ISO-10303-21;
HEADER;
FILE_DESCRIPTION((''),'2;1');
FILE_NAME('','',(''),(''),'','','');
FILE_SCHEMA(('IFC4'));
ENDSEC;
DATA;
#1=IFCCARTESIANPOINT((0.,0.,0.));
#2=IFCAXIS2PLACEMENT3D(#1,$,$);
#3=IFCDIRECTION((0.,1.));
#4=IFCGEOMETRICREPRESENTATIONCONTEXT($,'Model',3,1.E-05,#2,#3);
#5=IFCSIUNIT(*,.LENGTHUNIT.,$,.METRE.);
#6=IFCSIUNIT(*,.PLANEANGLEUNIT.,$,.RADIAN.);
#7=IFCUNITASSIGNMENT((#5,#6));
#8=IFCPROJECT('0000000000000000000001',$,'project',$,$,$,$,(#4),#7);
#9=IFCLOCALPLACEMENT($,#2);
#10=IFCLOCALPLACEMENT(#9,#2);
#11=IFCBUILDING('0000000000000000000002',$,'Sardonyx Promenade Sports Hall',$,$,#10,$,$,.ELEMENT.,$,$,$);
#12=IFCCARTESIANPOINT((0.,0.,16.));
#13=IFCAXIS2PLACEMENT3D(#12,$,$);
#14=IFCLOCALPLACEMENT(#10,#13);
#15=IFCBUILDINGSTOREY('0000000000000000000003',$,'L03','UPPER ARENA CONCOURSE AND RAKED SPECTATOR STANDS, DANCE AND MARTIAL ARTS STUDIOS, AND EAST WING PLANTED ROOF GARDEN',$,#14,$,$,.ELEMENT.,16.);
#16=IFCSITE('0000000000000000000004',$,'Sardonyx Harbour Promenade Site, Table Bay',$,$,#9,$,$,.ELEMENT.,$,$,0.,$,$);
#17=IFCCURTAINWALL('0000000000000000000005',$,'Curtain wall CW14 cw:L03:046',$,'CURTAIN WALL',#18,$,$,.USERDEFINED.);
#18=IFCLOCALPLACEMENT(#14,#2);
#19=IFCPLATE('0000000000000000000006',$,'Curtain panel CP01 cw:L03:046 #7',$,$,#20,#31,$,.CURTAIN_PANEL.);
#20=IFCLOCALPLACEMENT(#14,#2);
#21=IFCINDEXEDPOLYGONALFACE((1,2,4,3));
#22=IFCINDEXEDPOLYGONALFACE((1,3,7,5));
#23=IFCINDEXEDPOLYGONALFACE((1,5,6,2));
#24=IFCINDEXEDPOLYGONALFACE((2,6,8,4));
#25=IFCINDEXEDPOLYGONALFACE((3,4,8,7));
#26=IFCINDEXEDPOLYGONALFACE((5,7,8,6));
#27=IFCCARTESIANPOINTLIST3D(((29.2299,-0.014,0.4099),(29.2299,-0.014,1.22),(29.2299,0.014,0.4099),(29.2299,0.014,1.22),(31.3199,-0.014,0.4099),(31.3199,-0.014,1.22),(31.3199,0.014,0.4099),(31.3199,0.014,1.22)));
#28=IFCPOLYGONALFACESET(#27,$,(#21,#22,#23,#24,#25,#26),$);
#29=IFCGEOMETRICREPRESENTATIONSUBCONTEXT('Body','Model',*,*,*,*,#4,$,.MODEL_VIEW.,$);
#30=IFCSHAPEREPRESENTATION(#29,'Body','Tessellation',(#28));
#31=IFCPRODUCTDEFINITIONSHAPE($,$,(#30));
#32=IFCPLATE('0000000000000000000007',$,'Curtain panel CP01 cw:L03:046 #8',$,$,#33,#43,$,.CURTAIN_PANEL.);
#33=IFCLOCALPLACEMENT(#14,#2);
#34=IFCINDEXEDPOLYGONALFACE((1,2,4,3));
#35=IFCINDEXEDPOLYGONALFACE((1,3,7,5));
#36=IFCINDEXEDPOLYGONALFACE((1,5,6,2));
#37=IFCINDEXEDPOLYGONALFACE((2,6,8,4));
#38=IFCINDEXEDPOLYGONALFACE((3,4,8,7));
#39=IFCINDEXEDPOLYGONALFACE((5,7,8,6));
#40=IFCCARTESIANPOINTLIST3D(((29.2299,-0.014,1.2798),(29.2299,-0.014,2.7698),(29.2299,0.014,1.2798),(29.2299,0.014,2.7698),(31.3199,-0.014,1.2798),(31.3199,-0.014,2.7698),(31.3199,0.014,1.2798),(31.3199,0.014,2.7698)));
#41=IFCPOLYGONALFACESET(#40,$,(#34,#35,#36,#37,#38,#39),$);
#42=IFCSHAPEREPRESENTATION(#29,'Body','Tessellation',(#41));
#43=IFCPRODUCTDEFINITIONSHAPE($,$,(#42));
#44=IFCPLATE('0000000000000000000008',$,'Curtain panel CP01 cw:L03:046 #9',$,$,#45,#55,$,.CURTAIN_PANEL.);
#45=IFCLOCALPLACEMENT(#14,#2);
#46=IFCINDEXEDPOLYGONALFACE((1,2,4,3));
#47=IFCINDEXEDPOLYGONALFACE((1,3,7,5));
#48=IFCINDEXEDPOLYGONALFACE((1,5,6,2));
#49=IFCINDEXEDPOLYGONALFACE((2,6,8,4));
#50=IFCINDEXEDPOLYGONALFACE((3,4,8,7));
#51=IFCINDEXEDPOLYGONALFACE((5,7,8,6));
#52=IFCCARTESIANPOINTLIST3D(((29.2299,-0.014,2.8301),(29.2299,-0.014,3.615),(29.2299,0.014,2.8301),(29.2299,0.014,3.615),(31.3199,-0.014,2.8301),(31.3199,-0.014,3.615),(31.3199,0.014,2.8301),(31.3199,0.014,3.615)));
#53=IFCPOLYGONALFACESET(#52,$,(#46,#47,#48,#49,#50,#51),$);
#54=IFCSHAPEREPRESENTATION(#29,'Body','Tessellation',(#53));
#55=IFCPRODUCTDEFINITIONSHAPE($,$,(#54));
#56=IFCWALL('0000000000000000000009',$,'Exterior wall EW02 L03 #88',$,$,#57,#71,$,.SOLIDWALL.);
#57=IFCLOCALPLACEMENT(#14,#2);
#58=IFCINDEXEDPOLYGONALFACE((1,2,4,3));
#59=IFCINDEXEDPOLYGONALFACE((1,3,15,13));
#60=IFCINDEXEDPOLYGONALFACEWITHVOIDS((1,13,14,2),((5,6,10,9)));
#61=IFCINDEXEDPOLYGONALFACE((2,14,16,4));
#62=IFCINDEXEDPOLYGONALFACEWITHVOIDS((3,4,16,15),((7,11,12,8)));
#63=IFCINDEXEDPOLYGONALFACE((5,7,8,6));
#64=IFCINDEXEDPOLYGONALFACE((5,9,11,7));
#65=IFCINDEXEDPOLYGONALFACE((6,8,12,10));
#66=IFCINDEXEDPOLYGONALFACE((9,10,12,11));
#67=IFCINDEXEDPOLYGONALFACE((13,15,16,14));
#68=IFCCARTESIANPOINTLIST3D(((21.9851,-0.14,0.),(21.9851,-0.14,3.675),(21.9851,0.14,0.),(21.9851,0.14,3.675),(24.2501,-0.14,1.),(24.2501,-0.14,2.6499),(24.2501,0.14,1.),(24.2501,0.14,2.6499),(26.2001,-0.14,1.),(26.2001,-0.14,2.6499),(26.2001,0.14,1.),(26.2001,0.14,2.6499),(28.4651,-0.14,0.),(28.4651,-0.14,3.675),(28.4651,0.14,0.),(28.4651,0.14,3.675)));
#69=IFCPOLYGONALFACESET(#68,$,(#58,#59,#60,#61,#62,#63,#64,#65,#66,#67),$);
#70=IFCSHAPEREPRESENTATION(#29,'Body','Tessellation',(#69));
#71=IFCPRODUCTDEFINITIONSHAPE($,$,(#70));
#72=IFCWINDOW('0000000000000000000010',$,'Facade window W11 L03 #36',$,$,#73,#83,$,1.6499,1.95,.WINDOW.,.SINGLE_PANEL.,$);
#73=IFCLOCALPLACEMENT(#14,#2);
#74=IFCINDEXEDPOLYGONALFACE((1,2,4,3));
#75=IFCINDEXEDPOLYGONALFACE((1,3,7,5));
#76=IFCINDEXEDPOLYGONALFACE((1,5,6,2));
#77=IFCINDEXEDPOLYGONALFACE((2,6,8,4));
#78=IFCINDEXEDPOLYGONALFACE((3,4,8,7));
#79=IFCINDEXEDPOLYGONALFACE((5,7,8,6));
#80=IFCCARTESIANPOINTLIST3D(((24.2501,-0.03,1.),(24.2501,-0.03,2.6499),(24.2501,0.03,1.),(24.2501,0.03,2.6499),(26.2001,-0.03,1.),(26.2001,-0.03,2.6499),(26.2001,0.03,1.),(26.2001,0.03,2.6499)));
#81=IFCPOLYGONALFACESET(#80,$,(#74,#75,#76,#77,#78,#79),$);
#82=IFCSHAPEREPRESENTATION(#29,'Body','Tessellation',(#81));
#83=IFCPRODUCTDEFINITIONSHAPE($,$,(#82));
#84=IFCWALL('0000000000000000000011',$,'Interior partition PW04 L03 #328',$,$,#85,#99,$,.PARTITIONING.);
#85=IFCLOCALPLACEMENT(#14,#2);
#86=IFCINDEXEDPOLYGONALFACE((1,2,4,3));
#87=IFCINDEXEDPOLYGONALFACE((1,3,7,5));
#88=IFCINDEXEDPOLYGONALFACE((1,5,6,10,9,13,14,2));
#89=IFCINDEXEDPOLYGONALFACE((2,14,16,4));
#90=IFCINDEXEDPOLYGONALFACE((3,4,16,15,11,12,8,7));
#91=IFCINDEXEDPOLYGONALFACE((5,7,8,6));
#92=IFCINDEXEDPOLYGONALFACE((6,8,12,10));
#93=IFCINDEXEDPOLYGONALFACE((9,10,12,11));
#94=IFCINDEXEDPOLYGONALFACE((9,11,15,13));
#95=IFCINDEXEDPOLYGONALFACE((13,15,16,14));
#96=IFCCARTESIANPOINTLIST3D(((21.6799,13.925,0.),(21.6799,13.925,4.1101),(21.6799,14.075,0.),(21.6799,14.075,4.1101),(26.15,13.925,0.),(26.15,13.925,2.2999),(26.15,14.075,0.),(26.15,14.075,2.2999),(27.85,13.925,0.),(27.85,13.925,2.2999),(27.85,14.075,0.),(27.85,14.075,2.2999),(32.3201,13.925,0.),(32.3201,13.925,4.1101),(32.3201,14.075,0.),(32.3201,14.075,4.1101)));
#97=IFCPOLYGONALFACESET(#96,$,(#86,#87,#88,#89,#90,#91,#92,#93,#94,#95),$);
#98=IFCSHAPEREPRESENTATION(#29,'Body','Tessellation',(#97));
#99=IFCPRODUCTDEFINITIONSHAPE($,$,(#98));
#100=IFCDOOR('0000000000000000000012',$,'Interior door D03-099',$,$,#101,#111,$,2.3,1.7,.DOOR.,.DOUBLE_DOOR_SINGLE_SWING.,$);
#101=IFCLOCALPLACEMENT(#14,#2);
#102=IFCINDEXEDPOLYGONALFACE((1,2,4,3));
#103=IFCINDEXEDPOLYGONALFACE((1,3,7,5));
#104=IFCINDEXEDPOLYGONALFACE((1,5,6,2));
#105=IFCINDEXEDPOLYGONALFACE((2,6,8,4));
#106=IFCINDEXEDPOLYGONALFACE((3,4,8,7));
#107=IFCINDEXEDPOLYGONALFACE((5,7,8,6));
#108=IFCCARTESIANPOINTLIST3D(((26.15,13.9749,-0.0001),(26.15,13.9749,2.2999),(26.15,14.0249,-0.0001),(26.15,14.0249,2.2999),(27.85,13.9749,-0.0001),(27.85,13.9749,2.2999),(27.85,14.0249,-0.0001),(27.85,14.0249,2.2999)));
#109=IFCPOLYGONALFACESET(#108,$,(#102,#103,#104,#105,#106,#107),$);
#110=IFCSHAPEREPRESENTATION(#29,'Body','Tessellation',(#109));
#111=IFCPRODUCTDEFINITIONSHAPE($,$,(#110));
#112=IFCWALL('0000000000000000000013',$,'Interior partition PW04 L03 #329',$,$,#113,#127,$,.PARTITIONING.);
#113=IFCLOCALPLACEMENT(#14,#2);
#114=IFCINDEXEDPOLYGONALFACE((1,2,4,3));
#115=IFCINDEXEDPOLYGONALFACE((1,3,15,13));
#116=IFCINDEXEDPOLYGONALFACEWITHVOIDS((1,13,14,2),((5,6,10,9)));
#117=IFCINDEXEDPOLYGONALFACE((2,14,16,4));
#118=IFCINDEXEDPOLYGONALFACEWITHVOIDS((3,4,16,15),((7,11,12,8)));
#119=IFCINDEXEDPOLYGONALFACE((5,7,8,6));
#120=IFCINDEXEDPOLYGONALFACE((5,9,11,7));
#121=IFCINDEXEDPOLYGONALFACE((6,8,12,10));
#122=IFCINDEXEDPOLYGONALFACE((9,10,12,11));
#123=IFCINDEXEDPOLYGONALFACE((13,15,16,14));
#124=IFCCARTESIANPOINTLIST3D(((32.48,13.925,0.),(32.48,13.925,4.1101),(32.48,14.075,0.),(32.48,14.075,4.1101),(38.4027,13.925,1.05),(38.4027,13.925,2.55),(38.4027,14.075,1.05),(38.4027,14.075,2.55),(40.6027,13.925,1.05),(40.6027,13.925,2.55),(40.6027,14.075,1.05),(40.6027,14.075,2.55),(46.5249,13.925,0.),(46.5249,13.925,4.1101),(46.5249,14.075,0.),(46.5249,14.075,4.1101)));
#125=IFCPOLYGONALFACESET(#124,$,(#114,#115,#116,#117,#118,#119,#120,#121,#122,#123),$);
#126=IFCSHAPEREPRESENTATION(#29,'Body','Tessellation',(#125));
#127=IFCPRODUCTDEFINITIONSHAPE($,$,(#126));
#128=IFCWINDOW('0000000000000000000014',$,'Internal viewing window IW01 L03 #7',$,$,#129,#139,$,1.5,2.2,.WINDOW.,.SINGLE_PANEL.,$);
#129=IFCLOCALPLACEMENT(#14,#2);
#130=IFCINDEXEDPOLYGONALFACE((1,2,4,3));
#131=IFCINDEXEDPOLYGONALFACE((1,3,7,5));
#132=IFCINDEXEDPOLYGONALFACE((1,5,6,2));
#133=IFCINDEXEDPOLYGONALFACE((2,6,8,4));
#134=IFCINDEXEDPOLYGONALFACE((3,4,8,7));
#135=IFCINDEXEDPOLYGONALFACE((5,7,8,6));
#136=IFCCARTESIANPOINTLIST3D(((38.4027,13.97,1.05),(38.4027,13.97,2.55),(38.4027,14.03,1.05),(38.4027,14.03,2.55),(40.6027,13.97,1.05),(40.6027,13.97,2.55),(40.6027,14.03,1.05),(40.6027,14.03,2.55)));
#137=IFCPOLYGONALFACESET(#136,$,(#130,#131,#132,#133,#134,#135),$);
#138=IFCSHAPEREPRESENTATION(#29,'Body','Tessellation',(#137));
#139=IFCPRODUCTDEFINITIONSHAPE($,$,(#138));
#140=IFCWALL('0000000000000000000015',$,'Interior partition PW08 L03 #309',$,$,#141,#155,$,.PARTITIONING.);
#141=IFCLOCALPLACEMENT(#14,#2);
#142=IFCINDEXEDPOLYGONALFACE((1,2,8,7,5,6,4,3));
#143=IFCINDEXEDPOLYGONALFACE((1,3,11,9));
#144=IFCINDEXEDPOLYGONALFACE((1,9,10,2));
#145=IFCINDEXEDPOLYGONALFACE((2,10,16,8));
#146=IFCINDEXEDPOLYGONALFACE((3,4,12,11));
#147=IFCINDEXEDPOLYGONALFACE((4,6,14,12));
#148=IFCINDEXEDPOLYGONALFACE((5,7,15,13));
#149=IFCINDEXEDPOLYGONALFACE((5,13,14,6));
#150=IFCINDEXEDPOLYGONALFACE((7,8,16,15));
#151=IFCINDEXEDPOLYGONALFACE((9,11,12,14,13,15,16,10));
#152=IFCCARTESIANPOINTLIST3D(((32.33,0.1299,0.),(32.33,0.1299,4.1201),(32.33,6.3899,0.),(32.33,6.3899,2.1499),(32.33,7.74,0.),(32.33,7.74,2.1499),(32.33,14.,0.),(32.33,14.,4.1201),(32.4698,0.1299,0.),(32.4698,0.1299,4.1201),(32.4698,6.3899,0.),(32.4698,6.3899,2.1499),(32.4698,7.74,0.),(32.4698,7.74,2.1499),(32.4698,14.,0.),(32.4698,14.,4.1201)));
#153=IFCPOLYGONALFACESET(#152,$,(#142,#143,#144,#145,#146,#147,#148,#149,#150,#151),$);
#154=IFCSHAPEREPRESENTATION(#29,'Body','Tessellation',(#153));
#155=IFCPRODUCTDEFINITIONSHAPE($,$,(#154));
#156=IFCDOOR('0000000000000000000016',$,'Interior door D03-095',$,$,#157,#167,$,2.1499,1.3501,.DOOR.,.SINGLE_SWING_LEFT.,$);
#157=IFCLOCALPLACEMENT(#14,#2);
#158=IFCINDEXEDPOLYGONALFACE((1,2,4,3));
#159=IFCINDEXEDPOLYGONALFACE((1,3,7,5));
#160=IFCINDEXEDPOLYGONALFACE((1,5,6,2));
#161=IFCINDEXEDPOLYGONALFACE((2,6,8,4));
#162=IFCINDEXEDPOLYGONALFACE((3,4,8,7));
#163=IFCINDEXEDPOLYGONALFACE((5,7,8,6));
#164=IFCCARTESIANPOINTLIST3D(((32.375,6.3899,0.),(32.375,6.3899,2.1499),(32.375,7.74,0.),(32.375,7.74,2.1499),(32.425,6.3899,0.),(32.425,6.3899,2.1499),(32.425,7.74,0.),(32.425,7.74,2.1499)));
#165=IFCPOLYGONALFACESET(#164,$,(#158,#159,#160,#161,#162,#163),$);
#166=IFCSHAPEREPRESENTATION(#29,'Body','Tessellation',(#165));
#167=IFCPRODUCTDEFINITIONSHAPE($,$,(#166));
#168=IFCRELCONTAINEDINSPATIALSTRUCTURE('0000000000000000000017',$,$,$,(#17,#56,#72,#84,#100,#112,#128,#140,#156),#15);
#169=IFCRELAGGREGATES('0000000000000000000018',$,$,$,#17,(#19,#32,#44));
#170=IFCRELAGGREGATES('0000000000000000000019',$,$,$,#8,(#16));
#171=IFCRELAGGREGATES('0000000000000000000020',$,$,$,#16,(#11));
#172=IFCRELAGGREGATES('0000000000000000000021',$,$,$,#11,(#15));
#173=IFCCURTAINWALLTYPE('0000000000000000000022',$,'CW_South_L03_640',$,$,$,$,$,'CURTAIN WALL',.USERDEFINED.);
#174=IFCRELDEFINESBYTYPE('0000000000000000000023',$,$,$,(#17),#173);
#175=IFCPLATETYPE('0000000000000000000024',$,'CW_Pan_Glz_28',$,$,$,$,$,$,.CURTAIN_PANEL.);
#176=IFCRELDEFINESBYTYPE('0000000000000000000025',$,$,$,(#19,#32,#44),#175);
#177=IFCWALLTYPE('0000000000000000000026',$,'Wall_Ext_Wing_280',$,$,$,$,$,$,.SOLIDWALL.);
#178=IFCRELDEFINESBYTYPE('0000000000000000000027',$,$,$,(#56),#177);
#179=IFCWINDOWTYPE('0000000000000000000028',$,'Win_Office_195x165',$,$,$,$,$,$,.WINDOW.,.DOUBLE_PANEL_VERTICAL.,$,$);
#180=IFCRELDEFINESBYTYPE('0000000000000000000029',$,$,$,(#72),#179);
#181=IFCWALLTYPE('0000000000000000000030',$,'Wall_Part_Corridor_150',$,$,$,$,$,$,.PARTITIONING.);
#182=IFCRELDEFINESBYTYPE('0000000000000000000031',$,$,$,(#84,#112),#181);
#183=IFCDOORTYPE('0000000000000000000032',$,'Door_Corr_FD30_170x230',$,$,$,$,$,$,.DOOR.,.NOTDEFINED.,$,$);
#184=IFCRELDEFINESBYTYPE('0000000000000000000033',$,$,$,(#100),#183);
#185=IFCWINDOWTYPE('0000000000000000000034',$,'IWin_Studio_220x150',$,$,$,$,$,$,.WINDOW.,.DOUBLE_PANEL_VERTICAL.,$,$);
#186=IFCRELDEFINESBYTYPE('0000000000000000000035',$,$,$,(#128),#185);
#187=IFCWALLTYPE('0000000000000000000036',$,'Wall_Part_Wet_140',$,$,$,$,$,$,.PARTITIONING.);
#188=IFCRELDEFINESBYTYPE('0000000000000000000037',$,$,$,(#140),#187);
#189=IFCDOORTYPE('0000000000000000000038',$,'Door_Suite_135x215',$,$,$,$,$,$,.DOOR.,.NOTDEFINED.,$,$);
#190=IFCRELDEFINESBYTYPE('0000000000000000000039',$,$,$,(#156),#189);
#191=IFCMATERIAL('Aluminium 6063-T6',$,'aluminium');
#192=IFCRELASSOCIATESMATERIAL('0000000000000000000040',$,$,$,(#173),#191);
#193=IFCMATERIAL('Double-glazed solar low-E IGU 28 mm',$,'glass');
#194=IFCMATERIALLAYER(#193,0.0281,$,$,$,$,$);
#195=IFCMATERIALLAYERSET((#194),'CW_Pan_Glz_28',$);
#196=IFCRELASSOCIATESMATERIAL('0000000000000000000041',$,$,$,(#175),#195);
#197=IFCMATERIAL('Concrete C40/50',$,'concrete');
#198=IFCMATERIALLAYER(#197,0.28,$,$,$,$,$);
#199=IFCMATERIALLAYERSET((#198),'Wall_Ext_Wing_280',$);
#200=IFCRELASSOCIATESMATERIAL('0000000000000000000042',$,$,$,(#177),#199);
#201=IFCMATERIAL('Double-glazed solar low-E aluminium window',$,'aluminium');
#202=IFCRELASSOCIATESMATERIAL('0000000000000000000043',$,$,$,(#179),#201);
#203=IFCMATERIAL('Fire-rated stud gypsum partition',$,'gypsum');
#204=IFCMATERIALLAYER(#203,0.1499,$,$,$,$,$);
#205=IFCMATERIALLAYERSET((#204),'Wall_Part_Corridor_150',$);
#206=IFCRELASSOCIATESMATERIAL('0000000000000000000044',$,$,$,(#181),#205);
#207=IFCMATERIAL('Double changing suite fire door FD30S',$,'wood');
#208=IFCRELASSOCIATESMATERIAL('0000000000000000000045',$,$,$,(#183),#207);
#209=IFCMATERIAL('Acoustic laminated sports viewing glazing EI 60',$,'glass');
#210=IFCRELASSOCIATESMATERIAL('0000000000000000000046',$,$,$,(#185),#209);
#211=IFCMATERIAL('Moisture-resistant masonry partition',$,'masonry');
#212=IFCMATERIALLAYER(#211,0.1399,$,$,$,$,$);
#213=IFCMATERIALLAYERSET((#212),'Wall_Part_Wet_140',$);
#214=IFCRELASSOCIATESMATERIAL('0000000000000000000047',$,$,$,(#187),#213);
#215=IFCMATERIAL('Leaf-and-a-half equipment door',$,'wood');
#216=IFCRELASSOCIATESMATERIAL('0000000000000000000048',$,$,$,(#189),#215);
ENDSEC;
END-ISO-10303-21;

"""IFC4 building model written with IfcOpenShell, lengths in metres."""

from ifc_helpers import new_model, si_unit, direction, frame, frame_2d, origin, origin_2d, place, context, subcontext, project, spatial, rectangle, extrude, material, layer, layer_set, type_object, element, fill, aggregate, save


model = new_model("IFC4")

# Units and contexts
model_context = context("Model", 3, precision=1e-05, world=origin(), true_north=direction((0.0, 1.0)))
body_context = subcontext(model_context, "Body", "Model", "MODEL_VIEW")
ifc_project = project(units=[si_unit("LENGTHUNIT", "METRE"), si_unit("PLANEANGLEUNIT", "RADIAN")], contexts=[model_context])

# Site, building, storey
site_placement = place(None, origin())
site = spatial("IfcSite", under=ifc_project, at=site_placement, Name="Sardonyx Harbour Promenade Site, Table Bay", CompositionType="ELEMENT", RefElevation=0.0)
building_placement = place(site_placement, origin())
building = spatial("IfcBuilding", under=site, at=building_placement, Name="Sardonyx Promenade Sports Hall", CompositionType="ELEMENT")
storey_placement = place(building_placement, frame((0.0, 0.0, 16.0)))
storey = spatial("IfcBuildingStorey", under=building, at=storey_placement, Name="L03", Description="UPPER ARENA CONCOURSE AND RAKED SPECTATOR STANDS, DANCE AND MARTIAL ARTS STUDIOS, AND EAST WING PLANTED ROOF GARDEN", CompositionType="ELEMENT", Elevation=16.0)

# Curtain wall, plates
ifc_material_1 = material(Name="Aluminium 6063-T6", Category="aluminium")
curtain_wall_type = type_object("IfcCurtainWallType", Name="CW_South_L03_640", ElementType="CURTAIN WALL", PredefinedType="USERDEFINED", material=ifc_material_1)
curtain_wall_placement = place(storey_placement, origin())
curtain_wall = element("IfcCurtainWall", 1, at=curtain_wall_placement, inside=storey, type_object=curtain_wall_type, Name="Curtain wall CW14 cw:L03:046", ObjectType="CURTAIN WALL", PredefinedType="USERDEFINED")
ifc_material_2 = material(Name="Double-glazed solar low-E IGU 28 mm", Category="glass")
ifc_layer_1 = layer(ifc_material_2, 0.0281)
ifc_layer_set_1 = layer_set([ifc_layer_1], Name="CW_Pan_Glz_28")
plate_type = type_object("IfcPlateType", Name="CW_Pan_Glz_28", PredefinedType="CURTAIN_PANEL", material=ifc_layer_set_1)
plate_1_placement = place(storey_placement, frame((30.2749, 0.0, 0.4099), z_axis=(0.0, 0.0, 1.0), x_axis=(-1.0, 0.0, 0.0)))
plate_1 = element("IfcPlate", 2, at=plate_1_placement, type_object=plate_type, Name="Curtain panel CP01 cw:L03:046 #7", PredefinedType="CURTAIN_PANEL", context=body_context, shape_type="SweptSolid", body=[
    extrude(rectangle(XDim=2.0901, YDim=0.0281, at=origin_2d()), origin(), (0.0, 0.0, 1.0), 0.8101),
])
plate_2_placement = place(storey_placement, frame((30.2749, 0.0, 1.2798), z_axis=(0.0, 0.0, 1.0), x_axis=(-1.0, 0.0, 0.0)))
plate_2 = element("IfcPlate", 3, at=plate_2_placement, type_object=plate_type, Name="Curtain panel CP01 cw:L03:046 #8", PredefinedType="CURTAIN_PANEL", context=body_context, shape_type="SweptSolid", body=[
    extrude(rectangle(XDim=2.0901, YDim=0.0281, at=origin_2d()), origin(), (0.0, 0.0, 1.0), 1.49),
])
plate_3_placement = place(storey_placement, frame((30.2749, 0.0, 2.8301), z_axis=(0.0, 0.0, 1.0), x_axis=(-1.0, 0.0, 0.0)))
plate_3 = element("IfcPlate", 4, at=plate_3_placement, type_object=plate_type, Name="Curtain panel CP01 cw:L03:046 #9", PredefinedType="CURTAIN_PANEL", context=body_context, shape_type="SweptSolid", body=[
    extrude(rectangle(XDim=2.0901, YDim=0.0281, at=origin_2d()), origin(), (0.0, 0.0, 1.0), 0.7849),
])
aggregate(curtain_wall, [plate_1, plate_2, plate_3])

# Wall, opening, window
ifc_material_3 = material(Name="Concrete C40/50", Category="concrete")
ifc_layer_2 = layer(ifc_material_3, 0.28)
ifc_layer_set_2 = layer_set([ifc_layer_2], Name="Wall_Ext_Wing_280")
wall_type_1 = type_object("IfcWallType", Name="Wall_Ext_Wing_280", PredefinedType="SOLIDWALL", material=ifc_layer_set_2)
wall_1_placement = place(storey_placement, frame((28.4651, 0.0, 0.0), z_axis=(0.0, 0.0, 1.0), x_axis=(-1.0, 0.0, 0.0)))
wall_1 = element("IfcWall", 5, at=wall_1_placement, inside=storey, type_object=wall_type_1, Name="Exterior wall EW02 L03 #88", PredefinedType="SOLIDWALL", context=body_context, shape_type="SweptSolid", body=[
    extrude(rectangle(XDim=6.48, YDim=0.28, at=frame_2d((3.24, 0.0))), origin(), (0.0, 0.0, 1.0), 3.675),
])
opening_1_placement = place(wall_1_placement, frame((2.2649, 0.0, 1.0)))
opening_1 = element("IfcOpeningElement", 6, at=opening_1_placement, cuts=wall_1, PredefinedType="OPENING", context=body_context, shape_type="SweptSolid", body=[
    extrude(rectangle(XDim=1.95, YDim=1.6499, at=frame_2d((0.9751, 0.825))), frame((0.0, 0.15, 0.0), z_axis=(0.0, -1.0, 0.0), x_axis=(1.0, 0.0, 0.0)), (0.0, 0.0, 1.0), 0.3),
])
ifc_material_4 = material(Name="Double-glazed solar low-E aluminium window", Category="aluminium")
window_type_1 = type_object("IfcWindowType", Name="Win_Office_195x165", PartitioningType="DOUBLE_PANEL_VERTICAL", PredefinedType="WINDOW", material=ifc_material_4)
window_1_placement = place(opening_1_placement, origin())
window_1 = element("IfcWindow", 7, at=window_1_placement, inside=storey, type_object=window_type_1, Name="Facade window W11 L03 #36", OverallHeight=1.6499, OverallWidth=1.95, PartitioningType="SINGLE_PANEL", PredefinedType="WINDOW", context=body_context, shape_type="SweptSolid", body=[
    extrude(rectangle(XDim=1.95, YDim=1.6499, at=frame_2d((0.9751, 0.825))), frame((0.0, 0.03, 0.0), z_axis=(0.0, -1.0, 0.0), x_axis=(1.0, 0.0, 0.0)), (0.0, 0.0, 1.0), 0.0601),
])
fill(opening_1, window_1)

# Wall, opening, door
ifc_material_5 = material(Name="Fire-rated stud gypsum partition", Category="gypsum")
ifc_layer_3 = layer(ifc_material_5, 0.1499)
ifc_layer_set_3 = layer_set([ifc_layer_3], Name="Wall_Part_Corridor_150")
wall_type_2 = type_object("IfcWallType", Name="Wall_Part_Corridor_150", PredefinedType="PARTITIONING", material=ifc_layer_set_3)
wall_2_placement = place(storey_placement, frame((21.6799, 14.0, 0.0), z_axis=(0.0, 0.0, 1.0), x_axis=(1.0, 0.0, 0.0)))
wall_2 = element("IfcWall", 8, at=wall_2_placement, inside=storey, type_object=wall_type_2, Name="Interior partition PW04 L03 #328", PredefinedType="PARTITIONING", context=body_context, shape_type="SweptSolid", body=[
    extrude(rectangle(XDim=10.6401, YDim=0.1499, at=frame_2d((5.3201, 0.0))), origin(), (0.0, 0.0, 1.0), 4.1101),
])
opening_2_placement = place(wall_2_placement, frame((4.47, 0.0, 0.0)))
opening_2 = element("IfcOpeningElement", 9, at=opening_2_placement, cuts=wall_2, PredefinedType="OPENING", context=body_context, shape_type="SweptSolid", body=[
    extrude(rectangle(XDim=1.7, YDim=2.3, at=frame_2d((0.8501, 1.1499))), frame((0.0, 0.085, 0.0), z_axis=(0.0, -1.0, 0.0), x_axis=(1.0, 0.0, 0.0)), (0.0, 0.0, 1.0), 0.17),
])
ifc_material_6 = material(Name="Double changing suite fire door FD30S", Category="wood")
door_type_1 = type_object("IfcDoorType", Name="Door_Corr_FD30_170x230", OperationType="NOTDEFINED", PredefinedType="DOOR", material=ifc_material_6)
door_1_placement = place(opening_2_placement, origin())
door_1 = element("IfcDoor", 10, at=door_1_placement, inside=storey, type_object=door_type_1, Name="Interior door D03-099", OperationType="DOUBLE_DOOR_SINGLE_SWING", OverallHeight=2.3, OverallWidth=1.7, PredefinedType="DOOR", context=body_context, shape_type="SweptSolid", body=[
    extrude(rectangle(XDim=1.7, YDim=2.3, at=frame_2d((0.8501, 1.1499))), frame((0.0, 0.0249, 0.0), z_axis=(0.0, -1.0, 0.0), x_axis=(1.0, 0.0, 0.0)), (0.0, 0.0, 1.0), 0.05),
])
fill(opening_2, door_1)

# Wall, opening, window
wall_3_placement = place(storey_placement, frame((32.48, 14.0, 0.0), z_axis=(0.0, 0.0, 1.0), x_axis=(1.0, 0.0, 0.0)))
wall_3 = element("IfcWall", 11, at=wall_3_placement, inside=storey, type_object=wall_type_2, Name="Interior partition PW04 L03 #329", PredefinedType="PARTITIONING", context=body_context, shape_type="SweptSolid", body=[
    extrude(rectangle(XDim=14.0449, YDim=0.1499, at=frame_2d((7.0225, 0.0))), origin(), (0.0, 0.0, 1.0), 4.1101),
])
opening_3_placement = place(wall_3_placement, frame((5.9226, 0.0, 1.05)))
opening_3 = element("IfcOpeningElement", 12, at=opening_3_placement, cuts=wall_3, PredefinedType="OPENING", context=body_context, shape_type="SweptSolid", body=[
    extrude(rectangle(XDim=2.2, YDim=1.5, at=frame_2d((1.1001, 0.75))), frame((0.0, 0.085, 0.0), z_axis=(0.0, -1.0, 0.0), x_axis=(1.0, 0.0, 0.0)), (0.0, 0.0, 1.0), 0.17),
])
ifc_material_7 = material(Name="Acoustic laminated sports viewing glazing EI 60", Category="glass")
window_type_2 = type_object("IfcWindowType", Name="IWin_Studio_220x150", PartitioningType="DOUBLE_PANEL_VERTICAL", PredefinedType="WINDOW", material=ifc_material_7)
window_2_placement = place(opening_3_placement, origin())
window_2 = element("IfcWindow", 13, at=window_2_placement, inside=storey, type_object=window_type_2, Name="Internal viewing window IW01 L03 #7", OverallHeight=1.5, OverallWidth=2.2, PartitioningType="SINGLE_PANEL", PredefinedType="WINDOW", context=body_context, shape_type="SweptSolid", body=[
    extrude(rectangle(XDim=2.2, YDim=1.5, at=frame_2d((1.1001, 0.75))), frame((0.0, 0.03, 0.0), z_axis=(0.0, -1.0, 0.0), x_axis=(1.0, 0.0, 0.0)), (0.0, 0.0, 1.0), 0.0601),
])
fill(opening_3, window_2)

# Wall, opening, door
ifc_material_8 = material(Name="Moisture-resistant masonry partition", Category="masonry")
ifc_layer_4 = layer(ifc_material_8, 0.1399)
ifc_layer_set_4 = layer_set([ifc_layer_4], Name="Wall_Part_Wet_140")
wall_type_3 = type_object("IfcWallType", Name="Wall_Part_Wet_140", PredefinedType="PARTITIONING", material=ifc_layer_set_4)
wall_4_placement = place(storey_placement, frame((32.3999, 0.1299, 0.0), z_axis=(0.0, 0.0, 1.0), x_axis=(0.0, 1.0, 0.0)))
wall_4 = element("IfcWall", 14, at=wall_4_placement, inside=storey, type_object=wall_type_3, Name="Interior partition PW08 L03 #309", PredefinedType="PARTITIONING", context=body_context, shape_type="SweptSolid", body=[
    extrude(rectangle(XDim=13.8701, YDim=0.1399, at=frame_2d((6.9351, 0.0))), origin(), (0.0, 0.0, 1.0), 4.1201),
])
opening_4_placement = place(wall_4_placement, frame((6.26, 0.0, 0.0)))
opening_4 = element("IfcOpeningElement", 15, at=opening_4_placement, cuts=wall_4, PredefinedType="OPENING", context=body_context, shape_type="SweptSolid", body=[
    extrude(rectangle(XDim=1.3501, YDim=2.1499, at=frame_2d((0.675, 1.075))), frame((0.0, 0.08, 0.0), z_axis=(0.0, -1.0, 0.0), x_axis=(1.0, 0.0, 0.0)), (0.0, 0.0, 1.0), 0.16),
])
ifc_material_9 = material(Name="Leaf-and-a-half equipment door", Category="wood")
door_type_2 = type_object("IfcDoorType", Name="Door_Suite_135x215", OperationType="NOTDEFINED", PredefinedType="DOOR", material=ifc_material_9)
door_2_placement = place(opening_4_placement, origin())
door_2 = element("IfcDoor", 16, at=door_2_placement, inside=storey, type_object=door_type_2, Name="Interior door D03-095", OperationType="SINGLE_SWING_LEFT", OverallHeight=2.1499, OverallWidth=1.3501, PredefinedType="DOOR", context=body_context, shape_type="SweptSolid", body=[
    extrude(rectangle(XDim=1.3501, YDim=2.1499, at=frame_2d((0.675, 1.075))), frame((0.0, 0.0249, 0.0), z_axis=(0.0, -1.0, 0.0), x_axis=(1.0, 0.0, 0.0)), (0.0, 0.0, 1.0), 0.05),
])
fill(opening_4, door_2)

save(model, "model.ifc")
